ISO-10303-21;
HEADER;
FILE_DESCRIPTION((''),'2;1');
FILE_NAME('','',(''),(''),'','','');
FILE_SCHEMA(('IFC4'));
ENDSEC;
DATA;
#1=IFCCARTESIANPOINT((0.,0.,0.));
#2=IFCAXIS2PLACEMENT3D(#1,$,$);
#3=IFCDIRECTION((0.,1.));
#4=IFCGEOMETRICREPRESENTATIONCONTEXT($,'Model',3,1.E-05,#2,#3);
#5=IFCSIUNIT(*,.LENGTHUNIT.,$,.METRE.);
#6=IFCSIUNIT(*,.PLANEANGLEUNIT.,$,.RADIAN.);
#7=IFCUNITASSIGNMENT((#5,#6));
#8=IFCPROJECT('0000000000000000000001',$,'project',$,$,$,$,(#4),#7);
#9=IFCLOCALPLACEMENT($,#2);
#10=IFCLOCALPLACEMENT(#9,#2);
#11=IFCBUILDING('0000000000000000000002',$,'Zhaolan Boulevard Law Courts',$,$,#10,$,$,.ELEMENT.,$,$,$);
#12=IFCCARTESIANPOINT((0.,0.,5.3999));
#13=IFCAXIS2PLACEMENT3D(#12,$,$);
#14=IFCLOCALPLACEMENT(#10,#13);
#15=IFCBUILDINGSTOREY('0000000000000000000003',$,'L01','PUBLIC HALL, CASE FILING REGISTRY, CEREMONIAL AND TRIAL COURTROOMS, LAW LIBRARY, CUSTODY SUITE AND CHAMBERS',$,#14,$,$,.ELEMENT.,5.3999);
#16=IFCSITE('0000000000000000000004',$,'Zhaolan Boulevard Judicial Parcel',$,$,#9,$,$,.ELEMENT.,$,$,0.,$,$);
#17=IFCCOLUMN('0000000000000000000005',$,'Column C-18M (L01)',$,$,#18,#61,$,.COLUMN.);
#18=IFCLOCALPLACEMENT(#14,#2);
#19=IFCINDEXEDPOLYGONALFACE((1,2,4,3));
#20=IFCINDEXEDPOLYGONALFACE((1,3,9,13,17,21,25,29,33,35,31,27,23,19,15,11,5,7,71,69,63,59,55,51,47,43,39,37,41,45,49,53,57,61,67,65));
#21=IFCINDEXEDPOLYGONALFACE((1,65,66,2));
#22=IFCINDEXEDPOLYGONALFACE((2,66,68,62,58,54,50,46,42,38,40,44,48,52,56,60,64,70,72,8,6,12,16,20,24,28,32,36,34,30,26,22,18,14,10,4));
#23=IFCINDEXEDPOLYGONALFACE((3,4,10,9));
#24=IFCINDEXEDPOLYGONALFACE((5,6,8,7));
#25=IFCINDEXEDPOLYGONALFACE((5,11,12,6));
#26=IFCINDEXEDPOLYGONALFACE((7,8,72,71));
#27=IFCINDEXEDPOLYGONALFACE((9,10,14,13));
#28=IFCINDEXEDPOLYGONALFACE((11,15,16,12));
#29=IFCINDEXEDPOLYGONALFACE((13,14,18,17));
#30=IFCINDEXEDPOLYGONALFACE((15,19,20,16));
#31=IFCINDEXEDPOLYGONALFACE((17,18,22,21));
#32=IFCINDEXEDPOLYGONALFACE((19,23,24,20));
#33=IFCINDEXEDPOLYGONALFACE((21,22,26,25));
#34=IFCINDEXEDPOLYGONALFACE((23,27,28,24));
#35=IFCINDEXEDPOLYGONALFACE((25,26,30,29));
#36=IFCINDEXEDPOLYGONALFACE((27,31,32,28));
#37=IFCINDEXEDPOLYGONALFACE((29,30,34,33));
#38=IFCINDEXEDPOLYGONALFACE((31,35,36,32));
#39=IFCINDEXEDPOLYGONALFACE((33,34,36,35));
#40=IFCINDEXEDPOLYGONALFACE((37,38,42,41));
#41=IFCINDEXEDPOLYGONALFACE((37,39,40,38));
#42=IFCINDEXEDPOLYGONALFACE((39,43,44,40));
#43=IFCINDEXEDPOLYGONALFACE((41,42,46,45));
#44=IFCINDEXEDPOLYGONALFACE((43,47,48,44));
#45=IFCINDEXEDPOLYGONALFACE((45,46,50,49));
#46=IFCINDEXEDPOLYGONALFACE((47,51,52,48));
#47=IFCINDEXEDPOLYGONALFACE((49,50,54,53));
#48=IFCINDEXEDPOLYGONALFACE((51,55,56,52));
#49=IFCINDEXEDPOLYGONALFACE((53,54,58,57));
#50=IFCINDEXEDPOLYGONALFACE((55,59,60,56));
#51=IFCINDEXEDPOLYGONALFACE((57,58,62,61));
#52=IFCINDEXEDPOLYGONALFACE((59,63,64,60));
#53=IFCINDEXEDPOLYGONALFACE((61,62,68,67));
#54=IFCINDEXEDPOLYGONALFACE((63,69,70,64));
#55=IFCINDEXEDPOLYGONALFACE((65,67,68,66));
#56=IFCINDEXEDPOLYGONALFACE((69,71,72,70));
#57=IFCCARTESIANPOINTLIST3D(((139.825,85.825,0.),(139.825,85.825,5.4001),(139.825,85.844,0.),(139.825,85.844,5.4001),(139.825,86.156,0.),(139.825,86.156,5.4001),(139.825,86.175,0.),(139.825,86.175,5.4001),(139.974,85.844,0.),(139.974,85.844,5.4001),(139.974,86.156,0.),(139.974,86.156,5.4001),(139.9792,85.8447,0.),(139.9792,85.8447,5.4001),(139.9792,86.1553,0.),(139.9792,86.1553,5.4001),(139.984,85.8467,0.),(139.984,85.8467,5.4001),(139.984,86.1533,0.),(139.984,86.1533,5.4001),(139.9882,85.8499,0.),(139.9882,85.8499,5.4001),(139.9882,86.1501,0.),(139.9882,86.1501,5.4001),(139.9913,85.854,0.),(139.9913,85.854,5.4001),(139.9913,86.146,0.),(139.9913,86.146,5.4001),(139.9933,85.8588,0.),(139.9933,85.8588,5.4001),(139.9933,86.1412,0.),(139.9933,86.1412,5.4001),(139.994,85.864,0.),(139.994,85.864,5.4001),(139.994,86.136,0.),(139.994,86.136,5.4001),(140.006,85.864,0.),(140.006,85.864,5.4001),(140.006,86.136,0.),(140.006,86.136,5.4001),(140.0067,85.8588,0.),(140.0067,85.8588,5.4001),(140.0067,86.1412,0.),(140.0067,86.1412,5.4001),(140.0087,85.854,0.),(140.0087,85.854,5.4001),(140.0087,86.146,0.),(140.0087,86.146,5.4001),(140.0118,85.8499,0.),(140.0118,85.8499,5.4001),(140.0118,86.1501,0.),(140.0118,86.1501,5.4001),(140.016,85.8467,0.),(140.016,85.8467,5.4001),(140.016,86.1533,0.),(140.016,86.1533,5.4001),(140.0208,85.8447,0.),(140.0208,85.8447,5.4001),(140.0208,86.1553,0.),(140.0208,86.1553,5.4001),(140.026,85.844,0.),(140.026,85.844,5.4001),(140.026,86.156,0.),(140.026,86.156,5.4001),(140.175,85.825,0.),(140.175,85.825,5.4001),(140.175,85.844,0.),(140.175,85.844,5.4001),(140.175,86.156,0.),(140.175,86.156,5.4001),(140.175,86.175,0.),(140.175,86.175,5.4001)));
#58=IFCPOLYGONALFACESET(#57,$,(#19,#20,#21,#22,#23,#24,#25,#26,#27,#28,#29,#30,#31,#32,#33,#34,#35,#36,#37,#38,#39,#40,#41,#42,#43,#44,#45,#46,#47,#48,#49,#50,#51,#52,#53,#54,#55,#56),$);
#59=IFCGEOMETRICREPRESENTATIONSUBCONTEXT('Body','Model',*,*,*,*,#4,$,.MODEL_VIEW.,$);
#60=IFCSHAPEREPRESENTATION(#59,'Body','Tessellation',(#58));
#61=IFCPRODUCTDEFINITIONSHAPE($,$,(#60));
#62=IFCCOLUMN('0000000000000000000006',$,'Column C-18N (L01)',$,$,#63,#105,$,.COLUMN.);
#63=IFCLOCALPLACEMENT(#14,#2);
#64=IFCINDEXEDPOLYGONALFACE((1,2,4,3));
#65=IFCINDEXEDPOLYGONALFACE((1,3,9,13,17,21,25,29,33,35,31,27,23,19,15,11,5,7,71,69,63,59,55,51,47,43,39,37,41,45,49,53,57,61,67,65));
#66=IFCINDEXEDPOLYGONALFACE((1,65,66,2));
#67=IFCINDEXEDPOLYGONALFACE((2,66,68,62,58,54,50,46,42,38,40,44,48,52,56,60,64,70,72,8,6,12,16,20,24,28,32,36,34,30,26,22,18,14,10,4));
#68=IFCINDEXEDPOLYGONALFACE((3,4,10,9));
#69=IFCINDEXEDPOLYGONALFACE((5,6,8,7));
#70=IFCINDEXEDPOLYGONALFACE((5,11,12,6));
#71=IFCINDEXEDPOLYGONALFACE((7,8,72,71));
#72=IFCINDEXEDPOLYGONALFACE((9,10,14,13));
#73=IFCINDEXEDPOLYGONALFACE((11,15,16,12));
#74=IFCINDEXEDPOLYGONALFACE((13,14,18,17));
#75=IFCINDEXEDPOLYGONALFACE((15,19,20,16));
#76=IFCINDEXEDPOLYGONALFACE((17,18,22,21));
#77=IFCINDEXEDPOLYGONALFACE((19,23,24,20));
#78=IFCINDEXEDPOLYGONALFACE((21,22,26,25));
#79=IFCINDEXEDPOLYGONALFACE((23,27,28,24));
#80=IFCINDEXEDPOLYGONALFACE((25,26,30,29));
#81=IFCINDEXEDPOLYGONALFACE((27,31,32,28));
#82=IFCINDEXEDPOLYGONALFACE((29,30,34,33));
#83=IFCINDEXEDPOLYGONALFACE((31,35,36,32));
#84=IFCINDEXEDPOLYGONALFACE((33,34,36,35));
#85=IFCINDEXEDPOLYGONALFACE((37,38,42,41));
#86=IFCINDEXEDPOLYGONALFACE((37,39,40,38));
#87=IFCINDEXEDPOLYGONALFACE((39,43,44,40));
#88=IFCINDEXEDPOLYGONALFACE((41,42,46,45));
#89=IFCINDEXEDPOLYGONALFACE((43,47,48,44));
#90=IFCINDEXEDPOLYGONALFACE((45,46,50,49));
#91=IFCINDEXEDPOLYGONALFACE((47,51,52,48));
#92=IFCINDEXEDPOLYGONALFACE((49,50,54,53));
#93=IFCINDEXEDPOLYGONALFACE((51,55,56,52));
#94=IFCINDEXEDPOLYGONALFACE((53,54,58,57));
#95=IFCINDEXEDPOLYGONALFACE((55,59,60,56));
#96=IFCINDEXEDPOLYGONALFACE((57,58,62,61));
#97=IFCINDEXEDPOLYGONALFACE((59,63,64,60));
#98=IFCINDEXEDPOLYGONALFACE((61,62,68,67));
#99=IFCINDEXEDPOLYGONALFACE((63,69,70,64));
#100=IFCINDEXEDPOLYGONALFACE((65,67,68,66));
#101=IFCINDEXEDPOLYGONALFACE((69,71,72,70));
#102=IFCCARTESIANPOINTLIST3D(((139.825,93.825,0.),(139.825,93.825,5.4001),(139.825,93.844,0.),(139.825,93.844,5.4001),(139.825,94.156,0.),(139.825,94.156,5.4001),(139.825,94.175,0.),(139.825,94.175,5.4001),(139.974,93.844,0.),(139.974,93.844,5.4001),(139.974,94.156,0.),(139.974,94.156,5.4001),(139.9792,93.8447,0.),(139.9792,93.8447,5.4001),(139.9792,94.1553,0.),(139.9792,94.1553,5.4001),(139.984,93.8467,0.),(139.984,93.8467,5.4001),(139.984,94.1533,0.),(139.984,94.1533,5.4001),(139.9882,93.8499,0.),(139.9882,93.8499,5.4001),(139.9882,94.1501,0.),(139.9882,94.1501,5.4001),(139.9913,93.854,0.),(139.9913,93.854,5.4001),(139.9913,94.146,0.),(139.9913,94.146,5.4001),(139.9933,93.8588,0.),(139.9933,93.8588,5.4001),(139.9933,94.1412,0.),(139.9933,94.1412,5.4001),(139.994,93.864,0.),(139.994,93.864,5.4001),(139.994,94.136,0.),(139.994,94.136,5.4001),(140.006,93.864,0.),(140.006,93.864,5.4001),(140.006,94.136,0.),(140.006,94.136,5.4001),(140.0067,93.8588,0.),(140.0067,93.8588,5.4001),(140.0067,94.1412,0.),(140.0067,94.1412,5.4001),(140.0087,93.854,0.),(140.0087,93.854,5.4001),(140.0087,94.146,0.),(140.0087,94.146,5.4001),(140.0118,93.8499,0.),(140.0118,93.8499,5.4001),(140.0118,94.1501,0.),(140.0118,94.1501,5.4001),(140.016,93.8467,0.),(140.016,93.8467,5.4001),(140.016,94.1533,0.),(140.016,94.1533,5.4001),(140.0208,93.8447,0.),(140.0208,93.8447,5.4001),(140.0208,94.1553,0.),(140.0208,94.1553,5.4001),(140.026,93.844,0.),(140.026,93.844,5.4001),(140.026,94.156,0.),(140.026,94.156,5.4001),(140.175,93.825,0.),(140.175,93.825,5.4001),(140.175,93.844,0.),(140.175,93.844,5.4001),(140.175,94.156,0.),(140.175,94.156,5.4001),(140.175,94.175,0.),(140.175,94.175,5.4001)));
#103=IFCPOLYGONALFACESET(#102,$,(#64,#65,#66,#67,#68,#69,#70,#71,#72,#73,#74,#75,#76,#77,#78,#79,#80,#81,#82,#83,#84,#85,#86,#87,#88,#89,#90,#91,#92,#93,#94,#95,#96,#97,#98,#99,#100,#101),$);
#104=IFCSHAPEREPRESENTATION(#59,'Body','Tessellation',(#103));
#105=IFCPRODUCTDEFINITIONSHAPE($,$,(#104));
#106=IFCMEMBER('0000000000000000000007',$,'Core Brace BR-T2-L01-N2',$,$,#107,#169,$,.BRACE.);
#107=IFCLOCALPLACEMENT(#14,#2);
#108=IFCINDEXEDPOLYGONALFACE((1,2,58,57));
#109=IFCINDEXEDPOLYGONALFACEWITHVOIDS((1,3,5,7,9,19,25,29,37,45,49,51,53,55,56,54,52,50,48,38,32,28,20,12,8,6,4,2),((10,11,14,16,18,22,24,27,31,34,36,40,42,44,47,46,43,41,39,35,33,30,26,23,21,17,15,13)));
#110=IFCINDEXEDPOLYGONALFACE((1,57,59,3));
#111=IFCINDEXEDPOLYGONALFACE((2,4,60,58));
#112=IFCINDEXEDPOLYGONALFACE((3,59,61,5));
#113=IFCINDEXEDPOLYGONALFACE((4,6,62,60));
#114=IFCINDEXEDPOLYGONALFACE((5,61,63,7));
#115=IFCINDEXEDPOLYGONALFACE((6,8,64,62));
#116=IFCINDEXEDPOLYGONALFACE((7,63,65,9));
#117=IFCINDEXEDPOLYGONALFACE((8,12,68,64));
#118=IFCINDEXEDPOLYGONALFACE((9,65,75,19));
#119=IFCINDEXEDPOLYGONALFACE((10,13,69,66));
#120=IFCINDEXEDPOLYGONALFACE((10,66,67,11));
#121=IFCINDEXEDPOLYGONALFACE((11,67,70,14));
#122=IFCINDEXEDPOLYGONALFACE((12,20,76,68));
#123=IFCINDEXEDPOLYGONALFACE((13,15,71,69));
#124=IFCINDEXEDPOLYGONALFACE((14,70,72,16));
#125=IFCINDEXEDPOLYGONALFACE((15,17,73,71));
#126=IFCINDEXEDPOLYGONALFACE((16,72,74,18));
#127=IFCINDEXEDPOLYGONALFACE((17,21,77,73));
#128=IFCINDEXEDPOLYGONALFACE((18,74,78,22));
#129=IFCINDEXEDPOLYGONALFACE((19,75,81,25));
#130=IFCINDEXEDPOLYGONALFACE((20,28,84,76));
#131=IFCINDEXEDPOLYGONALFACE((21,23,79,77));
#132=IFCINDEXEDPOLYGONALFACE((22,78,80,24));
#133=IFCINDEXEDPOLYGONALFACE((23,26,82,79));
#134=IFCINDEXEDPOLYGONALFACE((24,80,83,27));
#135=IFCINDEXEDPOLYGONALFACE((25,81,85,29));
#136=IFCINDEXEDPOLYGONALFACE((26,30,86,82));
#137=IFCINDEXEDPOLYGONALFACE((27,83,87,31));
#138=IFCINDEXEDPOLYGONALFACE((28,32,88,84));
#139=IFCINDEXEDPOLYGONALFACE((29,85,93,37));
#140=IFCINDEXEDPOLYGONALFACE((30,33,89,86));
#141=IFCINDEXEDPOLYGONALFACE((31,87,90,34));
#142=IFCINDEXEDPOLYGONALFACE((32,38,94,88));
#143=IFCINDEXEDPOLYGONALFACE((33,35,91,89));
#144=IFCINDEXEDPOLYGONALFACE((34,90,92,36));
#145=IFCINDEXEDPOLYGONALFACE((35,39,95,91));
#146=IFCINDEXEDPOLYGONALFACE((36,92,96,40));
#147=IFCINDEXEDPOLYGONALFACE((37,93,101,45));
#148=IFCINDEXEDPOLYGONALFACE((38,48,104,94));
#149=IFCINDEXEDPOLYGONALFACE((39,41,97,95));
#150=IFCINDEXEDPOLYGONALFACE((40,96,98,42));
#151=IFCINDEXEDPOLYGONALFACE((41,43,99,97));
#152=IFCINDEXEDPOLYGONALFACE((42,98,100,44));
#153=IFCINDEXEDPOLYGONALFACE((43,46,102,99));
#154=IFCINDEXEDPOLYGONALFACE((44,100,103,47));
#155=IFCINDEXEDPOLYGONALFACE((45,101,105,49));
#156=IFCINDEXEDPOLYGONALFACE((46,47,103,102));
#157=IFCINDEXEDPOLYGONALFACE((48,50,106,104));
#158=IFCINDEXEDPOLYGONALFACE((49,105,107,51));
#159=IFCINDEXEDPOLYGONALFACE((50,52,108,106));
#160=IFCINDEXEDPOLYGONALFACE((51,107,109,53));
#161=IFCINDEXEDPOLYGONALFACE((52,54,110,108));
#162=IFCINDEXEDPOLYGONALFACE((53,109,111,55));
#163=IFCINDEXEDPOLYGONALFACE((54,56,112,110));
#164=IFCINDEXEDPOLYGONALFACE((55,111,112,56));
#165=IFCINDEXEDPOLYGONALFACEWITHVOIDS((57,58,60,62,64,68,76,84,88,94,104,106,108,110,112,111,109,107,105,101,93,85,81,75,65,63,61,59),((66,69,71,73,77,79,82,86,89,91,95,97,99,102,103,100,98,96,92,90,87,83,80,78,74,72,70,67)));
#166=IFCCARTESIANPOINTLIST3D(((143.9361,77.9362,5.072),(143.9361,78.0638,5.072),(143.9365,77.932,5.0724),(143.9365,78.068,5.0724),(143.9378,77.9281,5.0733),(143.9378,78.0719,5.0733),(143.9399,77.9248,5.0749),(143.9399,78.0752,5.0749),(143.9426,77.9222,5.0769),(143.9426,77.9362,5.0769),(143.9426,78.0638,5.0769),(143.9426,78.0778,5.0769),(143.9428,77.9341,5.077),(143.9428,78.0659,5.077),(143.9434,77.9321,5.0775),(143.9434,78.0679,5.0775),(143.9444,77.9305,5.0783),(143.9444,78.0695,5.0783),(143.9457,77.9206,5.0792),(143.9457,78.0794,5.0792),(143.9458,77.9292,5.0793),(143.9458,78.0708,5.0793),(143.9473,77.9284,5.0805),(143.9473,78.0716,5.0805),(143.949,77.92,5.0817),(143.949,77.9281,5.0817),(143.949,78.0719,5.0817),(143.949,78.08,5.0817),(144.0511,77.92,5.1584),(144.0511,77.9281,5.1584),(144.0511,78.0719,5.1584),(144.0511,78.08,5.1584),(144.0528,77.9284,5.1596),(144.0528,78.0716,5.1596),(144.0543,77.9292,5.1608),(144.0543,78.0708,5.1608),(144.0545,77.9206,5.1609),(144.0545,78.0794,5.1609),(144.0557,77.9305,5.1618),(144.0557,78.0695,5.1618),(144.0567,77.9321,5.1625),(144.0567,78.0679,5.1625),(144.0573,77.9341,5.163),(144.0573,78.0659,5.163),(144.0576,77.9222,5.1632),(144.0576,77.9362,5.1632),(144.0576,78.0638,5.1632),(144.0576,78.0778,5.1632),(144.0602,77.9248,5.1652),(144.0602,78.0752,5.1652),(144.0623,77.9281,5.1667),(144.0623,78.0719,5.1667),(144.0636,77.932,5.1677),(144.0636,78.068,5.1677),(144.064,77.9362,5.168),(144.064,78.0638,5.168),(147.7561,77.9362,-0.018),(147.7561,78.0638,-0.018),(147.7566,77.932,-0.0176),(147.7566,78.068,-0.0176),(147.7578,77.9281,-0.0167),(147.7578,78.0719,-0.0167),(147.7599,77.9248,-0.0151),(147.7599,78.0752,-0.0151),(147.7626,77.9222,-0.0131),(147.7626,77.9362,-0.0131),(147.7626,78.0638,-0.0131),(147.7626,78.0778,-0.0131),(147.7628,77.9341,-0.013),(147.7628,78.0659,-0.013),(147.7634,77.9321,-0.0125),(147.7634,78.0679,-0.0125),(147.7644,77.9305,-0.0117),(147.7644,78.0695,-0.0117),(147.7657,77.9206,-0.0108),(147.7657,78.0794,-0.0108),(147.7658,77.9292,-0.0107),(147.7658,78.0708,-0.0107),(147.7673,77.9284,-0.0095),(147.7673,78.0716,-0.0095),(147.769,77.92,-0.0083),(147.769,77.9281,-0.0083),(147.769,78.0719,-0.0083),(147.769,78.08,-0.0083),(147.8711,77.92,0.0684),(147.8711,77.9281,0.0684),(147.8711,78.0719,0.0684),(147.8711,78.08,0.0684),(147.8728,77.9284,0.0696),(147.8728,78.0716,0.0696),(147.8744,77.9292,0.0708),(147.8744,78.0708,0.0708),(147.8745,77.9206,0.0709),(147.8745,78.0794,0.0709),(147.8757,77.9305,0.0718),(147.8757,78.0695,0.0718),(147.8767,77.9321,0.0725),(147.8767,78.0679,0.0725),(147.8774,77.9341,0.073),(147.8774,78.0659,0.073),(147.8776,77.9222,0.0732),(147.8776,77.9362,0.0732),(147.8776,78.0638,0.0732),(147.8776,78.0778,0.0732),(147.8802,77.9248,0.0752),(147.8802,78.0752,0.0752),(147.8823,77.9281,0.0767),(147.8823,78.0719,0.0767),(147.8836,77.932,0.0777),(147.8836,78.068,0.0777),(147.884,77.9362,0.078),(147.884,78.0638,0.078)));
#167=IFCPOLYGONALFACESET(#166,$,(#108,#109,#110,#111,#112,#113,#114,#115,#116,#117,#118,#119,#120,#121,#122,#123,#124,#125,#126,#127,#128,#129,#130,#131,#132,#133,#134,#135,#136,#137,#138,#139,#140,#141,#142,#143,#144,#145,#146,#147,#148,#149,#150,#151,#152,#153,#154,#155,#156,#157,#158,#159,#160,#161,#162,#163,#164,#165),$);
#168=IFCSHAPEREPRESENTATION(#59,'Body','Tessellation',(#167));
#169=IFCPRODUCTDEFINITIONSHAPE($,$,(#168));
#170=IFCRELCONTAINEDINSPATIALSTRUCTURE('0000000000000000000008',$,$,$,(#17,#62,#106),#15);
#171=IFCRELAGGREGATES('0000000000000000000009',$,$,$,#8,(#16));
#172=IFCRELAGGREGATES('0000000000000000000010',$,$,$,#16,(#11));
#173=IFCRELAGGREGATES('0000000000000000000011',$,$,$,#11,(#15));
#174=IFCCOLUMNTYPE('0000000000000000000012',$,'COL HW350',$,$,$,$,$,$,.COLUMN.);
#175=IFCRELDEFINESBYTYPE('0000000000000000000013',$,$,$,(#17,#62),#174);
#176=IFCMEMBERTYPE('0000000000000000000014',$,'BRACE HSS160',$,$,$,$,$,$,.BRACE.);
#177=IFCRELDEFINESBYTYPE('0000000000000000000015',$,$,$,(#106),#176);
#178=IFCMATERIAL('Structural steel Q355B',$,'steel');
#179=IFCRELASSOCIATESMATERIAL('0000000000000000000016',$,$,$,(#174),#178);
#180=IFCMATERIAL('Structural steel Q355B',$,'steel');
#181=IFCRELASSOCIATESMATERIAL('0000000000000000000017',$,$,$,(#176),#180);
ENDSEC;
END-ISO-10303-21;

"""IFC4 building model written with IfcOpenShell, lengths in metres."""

from ifc_helpers import new_model, si_unit, direction, frame, origin, origin_2d, place, context, subcontext, project, spatial, hollow_rectangle, i_section, extrude, material, material_profile, profile_set, type_object, element, save


model = new_model("IFC4")

# Units and contexts
model_context = context("Model", 3, precision=1e-05, world=origin(), true_north=direction((0.0, 1.0)))
body_context = subcontext(model_context, "Body", "Model", "MODEL_VIEW")
ifc_project = project(units=[si_unit("LENGTHUNIT", "METRE"), si_unit("PLANEANGLEUNIT", "RADIAN")], contexts=[model_context])

# Site, building, storey
site_placement = place(None, origin())
site = spatial("IfcSite", under=ifc_project, at=site_placement, Name="Zhaolan Boulevard Judicial Parcel", CompositionType="ELEMENT", RefElevation=0.0)
building_placement = place(site_placement, origin())
building = spatial("IfcBuilding", under=site, at=building_placement, Name="Zhaolan Boulevard Law Courts", CompositionType="ELEMENT")
storey_placement = place(building_placement, frame((0.0, 0.0, 5.3999)))
storey = spatial("IfcBuildingStorey", under=building, at=storey_placement, Name="L01", Description="PUBLIC HALL, CASE FILING REGISTRY, CEREMONIAL AND TRIAL COURTROOMS, LAW LIBRARY, CUSTODY SUITE AND CHAMBERS", CompositionType="ELEMENT", Elevation=5.3999)

# Columns
ifc_material_1 = material(Name="Structural steel Q355B", Category="steel")
ifc_material_profile_1 = material_profile(ifc_material_1, i_section(OverallWidth=0.3501, OverallDepth=0.3501, WebThickness=0.012, FlangeThickness=0.019, FilletRadius=0.02, at=origin_2d()), Name="HW350x350")
ifc_profile_set_1 = profile_set([ifc_material_profile_1], Name="Structural steel Q355B")
column_type = type_object("IfcColumnType", Name="COL HW350", PredefinedType="COLUMN", material=ifc_profile_set_1)
for number, where, z_axis, x_axis, name in (
    (1, (140.0, 86.0, 0.0), (0.0, 0.0, 1.0), (1.0, 0.0, 0.0), "Column C-18M (L01)"),
    (2, (140.0, 94.0, 0.0), (0.0, 0.0, 1.0), (1.0, 0.0, 0.0), "Column C-18N (L01)"),
):
    element("IfcColumn", number, at=place(storey_placement, frame(where, z_axis=z_axis, x_axis=x_axis)), inside=storey, type_object=column_type, Name=name, PredefinedType="COLUMN", context=body_context, shape_type="SweptSolid", body=[
        extrude(i_section(OverallWidth=0.3501, OverallDepth=0.3501, WebThickness=0.012, FlangeThickness=0.019, FilletRadius=0.02, at=origin_2d()), origin(), (0.0, 0.0, 1.0), 5.4001),
    ])

# Member
ifc_material_2 = material(Name="Structural steel Q355B", Category="steel")
ifc_material_profile_2 = material_profile(ifc_material_2, hollow_rectangle(XDim=0.1599, YDim=0.1599, WallThickness=0.0081, InnerFilletRadius=0.0081, OuterFilletRadius=0.0161, at=origin_2d()), Name="HSS160x160x8")
ifc_profile_set_2 = profile_set([ifc_material_profile_2], Name="Structural steel Q355B")
member_type_1 = type_object("IfcMemberType", Name="BRACE HSS160", PredefinedType="BRACE", material=ifc_profile_set_2)
member_1_placement = place(storey_placement, frame((147.8201, 78.0, 0.03), z_axis=(-0.600252, 0.0, 0.799811), x_axis=(0.0, -1.0, 0.0)))
element("IfcMember", 3, at=member_1_placement, inside=storey, type_object=member_type_1, Name="Core Brace BR-T2-L01-N2", PredefinedType="BRACE", context=body_context, shape_type="SweptSolid", body=[
    extrude(hollow_rectangle(XDim=0.1599, YDim=0.1599, WallThickness=0.0081, InnerFilletRadius=0.0081, OuterFilletRadius=0.0161, at=origin_2d()), origin(), (0.0, 0.0, 1.0), 6.364),
])

save(model, "model.ifc")
